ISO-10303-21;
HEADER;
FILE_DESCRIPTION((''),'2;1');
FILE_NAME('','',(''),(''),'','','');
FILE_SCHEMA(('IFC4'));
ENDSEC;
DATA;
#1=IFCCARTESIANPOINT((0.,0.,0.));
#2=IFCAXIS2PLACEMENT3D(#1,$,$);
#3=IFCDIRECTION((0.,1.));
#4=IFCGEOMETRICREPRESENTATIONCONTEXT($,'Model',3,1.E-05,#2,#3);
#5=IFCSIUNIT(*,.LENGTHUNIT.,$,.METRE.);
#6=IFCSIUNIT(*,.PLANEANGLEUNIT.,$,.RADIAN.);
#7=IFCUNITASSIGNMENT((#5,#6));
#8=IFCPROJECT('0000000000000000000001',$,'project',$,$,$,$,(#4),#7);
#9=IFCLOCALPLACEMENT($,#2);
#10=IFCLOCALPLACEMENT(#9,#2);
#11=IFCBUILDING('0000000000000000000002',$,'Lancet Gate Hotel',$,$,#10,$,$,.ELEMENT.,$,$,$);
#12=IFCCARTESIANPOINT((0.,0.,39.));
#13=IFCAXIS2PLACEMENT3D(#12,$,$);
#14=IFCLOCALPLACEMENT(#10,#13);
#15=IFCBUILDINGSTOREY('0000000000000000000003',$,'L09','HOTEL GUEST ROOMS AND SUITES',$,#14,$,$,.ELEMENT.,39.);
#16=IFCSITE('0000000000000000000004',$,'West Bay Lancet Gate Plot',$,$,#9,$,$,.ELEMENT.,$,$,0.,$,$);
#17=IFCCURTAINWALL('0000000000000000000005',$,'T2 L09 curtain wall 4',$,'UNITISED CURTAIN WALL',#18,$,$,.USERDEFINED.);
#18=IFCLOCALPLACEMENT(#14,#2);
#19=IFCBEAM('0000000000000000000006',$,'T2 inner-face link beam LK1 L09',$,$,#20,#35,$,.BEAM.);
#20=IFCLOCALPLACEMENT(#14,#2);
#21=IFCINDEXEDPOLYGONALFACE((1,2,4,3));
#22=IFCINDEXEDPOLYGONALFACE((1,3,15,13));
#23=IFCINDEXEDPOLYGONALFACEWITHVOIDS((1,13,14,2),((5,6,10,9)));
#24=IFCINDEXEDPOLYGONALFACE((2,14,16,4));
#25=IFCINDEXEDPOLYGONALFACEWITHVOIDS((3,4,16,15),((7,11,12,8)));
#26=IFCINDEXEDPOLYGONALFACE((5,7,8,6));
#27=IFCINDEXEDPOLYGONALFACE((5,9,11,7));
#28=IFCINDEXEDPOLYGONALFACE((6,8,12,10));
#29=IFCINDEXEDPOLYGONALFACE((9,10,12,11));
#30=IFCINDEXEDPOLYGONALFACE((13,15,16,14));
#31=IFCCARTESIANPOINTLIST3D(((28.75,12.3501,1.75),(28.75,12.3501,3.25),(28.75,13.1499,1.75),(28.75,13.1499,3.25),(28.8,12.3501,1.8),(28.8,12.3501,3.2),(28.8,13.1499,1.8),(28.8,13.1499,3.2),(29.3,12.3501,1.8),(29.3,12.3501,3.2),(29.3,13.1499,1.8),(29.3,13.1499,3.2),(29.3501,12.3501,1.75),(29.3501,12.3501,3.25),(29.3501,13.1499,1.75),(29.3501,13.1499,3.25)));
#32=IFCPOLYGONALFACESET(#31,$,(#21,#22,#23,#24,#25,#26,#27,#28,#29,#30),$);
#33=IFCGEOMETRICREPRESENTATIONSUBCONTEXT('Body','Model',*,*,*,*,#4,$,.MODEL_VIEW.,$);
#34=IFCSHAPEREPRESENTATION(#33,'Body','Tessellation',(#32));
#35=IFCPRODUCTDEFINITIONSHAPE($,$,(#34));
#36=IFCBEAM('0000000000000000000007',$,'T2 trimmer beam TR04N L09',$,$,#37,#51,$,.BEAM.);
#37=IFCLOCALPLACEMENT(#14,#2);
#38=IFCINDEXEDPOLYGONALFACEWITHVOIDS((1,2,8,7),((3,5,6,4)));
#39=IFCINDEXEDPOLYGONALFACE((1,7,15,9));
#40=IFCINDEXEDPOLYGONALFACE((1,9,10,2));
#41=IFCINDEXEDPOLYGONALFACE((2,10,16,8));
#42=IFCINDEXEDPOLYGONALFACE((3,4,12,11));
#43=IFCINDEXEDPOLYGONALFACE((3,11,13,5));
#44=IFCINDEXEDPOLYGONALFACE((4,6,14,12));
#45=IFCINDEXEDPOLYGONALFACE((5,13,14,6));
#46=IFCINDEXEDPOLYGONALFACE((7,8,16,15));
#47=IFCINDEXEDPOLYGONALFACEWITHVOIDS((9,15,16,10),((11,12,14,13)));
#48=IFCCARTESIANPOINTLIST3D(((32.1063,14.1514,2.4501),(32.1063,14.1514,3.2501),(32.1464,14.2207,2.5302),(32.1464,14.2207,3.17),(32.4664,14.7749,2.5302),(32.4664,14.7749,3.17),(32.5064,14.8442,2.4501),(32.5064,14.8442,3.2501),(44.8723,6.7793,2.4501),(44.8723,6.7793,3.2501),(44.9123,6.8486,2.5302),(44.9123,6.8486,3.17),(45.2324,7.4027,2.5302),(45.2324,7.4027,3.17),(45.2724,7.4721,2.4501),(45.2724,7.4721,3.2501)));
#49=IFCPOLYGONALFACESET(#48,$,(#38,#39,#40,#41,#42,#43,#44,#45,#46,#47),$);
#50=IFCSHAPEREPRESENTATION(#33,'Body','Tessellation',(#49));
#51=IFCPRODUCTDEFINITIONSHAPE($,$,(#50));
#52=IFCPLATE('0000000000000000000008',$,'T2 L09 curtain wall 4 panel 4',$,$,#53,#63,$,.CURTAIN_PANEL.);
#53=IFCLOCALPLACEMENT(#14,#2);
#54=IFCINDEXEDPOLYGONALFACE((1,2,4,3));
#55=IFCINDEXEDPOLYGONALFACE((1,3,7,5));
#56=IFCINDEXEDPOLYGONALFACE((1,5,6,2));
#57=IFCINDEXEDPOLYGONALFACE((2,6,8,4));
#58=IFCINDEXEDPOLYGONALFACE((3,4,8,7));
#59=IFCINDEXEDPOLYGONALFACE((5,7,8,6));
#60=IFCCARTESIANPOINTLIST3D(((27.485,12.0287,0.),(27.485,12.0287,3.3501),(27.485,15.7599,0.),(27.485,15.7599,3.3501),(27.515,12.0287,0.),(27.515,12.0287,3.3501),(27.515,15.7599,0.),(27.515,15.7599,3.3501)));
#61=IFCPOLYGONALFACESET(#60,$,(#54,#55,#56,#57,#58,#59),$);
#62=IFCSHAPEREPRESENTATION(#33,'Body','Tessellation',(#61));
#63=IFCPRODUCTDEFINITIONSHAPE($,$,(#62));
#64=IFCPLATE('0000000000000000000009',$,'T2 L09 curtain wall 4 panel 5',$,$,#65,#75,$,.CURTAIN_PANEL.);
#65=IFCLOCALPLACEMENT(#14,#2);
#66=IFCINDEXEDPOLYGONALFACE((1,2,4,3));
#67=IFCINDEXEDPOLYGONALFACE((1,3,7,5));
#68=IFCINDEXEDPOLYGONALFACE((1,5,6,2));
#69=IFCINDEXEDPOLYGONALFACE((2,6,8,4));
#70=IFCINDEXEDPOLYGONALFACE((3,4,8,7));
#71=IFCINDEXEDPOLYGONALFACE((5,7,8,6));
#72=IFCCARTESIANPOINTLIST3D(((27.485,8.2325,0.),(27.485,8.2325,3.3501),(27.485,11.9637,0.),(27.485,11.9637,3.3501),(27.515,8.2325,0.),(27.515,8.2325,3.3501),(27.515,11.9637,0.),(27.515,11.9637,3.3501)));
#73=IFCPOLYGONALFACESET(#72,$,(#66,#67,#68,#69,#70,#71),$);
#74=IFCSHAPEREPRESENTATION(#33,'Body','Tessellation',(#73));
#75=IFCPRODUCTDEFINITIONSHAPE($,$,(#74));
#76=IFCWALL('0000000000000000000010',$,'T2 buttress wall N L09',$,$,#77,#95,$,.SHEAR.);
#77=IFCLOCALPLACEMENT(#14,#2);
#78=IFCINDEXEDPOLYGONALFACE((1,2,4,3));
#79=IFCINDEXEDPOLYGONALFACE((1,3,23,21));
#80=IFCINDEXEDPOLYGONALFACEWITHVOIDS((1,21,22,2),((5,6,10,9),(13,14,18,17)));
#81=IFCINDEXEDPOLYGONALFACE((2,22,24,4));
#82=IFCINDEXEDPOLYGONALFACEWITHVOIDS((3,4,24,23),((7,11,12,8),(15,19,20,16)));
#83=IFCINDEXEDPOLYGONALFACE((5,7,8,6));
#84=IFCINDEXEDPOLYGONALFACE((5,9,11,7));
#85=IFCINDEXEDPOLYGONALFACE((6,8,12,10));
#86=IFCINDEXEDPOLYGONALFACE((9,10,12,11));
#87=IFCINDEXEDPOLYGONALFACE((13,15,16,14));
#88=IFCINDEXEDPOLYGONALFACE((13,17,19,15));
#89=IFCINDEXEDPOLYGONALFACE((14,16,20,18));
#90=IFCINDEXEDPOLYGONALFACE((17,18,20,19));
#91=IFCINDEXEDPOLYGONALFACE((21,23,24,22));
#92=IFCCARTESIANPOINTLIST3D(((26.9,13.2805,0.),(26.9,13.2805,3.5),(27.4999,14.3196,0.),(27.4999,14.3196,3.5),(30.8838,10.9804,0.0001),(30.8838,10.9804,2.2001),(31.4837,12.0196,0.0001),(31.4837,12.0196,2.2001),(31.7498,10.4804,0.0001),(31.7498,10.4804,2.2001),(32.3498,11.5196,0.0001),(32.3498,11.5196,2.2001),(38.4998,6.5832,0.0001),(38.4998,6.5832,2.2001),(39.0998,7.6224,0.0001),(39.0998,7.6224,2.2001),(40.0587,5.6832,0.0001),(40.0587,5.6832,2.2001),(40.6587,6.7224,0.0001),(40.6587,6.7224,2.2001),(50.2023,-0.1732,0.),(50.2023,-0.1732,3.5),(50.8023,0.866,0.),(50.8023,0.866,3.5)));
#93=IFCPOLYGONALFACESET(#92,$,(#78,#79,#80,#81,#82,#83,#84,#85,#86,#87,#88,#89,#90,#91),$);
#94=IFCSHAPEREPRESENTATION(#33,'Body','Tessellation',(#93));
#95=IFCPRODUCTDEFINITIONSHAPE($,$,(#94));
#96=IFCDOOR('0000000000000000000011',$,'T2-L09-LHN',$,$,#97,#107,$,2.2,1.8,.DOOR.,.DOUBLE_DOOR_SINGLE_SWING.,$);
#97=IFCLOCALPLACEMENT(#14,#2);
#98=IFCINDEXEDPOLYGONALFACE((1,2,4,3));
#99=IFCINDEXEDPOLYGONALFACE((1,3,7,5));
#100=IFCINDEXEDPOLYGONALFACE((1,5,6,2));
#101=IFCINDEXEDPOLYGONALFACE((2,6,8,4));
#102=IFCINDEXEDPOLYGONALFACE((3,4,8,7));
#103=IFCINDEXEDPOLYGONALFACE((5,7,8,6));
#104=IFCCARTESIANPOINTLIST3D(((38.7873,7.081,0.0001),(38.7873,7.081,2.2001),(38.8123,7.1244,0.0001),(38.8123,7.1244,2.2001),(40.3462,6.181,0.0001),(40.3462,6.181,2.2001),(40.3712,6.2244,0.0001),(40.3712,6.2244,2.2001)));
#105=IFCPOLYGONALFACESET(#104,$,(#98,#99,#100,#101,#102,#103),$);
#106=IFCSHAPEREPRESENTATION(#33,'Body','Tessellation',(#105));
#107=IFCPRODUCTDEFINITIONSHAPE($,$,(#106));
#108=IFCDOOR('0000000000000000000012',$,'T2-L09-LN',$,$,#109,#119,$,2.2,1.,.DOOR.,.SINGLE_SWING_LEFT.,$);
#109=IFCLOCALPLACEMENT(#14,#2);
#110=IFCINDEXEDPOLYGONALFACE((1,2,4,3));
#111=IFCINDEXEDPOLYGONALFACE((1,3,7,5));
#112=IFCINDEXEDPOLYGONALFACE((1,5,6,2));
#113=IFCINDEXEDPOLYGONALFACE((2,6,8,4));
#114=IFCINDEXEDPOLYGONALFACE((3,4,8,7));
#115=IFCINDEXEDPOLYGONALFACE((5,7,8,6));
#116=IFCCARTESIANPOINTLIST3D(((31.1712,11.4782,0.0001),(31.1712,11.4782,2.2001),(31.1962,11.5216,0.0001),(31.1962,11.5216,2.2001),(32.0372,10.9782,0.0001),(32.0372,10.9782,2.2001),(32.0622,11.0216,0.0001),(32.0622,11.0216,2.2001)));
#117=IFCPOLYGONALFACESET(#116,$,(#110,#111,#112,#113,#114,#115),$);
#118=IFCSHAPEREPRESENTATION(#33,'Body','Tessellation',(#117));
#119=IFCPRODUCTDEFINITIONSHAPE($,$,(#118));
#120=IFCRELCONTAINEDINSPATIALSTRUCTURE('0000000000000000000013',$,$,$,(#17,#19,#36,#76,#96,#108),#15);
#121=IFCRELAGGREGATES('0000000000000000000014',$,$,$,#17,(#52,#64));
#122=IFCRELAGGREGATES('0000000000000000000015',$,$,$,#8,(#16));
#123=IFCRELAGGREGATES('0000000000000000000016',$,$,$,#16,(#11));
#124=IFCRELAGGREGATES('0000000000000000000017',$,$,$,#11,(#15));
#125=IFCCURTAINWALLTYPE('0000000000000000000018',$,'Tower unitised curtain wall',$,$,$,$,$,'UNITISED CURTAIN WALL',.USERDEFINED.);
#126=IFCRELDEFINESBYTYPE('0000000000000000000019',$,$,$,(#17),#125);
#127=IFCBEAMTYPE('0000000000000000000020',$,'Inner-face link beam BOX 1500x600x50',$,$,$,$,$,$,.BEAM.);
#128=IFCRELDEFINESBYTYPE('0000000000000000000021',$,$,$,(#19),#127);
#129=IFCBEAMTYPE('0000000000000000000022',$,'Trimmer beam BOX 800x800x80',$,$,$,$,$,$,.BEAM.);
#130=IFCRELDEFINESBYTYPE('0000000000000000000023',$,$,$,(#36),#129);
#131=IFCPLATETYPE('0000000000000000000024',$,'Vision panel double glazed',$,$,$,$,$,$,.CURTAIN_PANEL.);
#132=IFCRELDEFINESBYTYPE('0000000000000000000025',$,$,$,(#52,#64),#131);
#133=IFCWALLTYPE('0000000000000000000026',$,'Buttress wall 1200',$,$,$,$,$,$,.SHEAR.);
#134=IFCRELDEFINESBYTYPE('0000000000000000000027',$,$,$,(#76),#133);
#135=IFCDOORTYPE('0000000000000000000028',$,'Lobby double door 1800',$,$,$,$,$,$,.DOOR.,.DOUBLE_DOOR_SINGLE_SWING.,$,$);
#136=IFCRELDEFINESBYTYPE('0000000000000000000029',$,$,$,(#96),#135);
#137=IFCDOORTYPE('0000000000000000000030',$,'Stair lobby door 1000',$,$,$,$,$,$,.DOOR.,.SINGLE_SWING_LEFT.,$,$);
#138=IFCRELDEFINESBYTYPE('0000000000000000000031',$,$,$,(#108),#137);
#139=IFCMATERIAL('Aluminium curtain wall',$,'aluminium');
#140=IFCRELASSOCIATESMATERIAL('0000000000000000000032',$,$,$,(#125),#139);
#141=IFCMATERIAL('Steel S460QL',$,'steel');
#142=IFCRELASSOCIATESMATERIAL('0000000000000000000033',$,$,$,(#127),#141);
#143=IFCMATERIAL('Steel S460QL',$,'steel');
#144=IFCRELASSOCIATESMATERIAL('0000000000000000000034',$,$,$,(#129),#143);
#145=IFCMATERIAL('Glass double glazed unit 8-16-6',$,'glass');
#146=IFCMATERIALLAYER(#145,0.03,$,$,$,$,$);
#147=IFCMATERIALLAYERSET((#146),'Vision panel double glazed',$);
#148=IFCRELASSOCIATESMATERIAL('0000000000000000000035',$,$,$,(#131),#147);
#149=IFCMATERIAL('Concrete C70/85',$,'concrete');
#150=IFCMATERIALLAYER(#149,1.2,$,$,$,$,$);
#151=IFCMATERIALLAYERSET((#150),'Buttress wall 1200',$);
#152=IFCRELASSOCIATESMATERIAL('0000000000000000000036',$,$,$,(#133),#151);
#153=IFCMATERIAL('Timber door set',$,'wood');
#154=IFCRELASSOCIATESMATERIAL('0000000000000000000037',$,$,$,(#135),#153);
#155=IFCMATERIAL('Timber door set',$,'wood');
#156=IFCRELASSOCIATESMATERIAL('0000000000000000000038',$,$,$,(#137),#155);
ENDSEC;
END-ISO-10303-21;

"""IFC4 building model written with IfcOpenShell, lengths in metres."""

from ifc_helpers import new_model, si_unit, direction, frame, frame_2d, origin, origin_2d, place, context, subcontext, project, spatial, rectangle, hollow_rectangle, extrude, material, layer, layer_set, material_profile, profile_set, type_object, element, fill, aggregate, save


model = new_model("IFC4")

# Units and contexts
model_context = context("Model", 3, precision=1e-05, world=origin(), true_north=direction((0.0, 1.0)))
body_context = subcontext(model_context, "Body", "Model", "MODEL_VIEW")
ifc_project = project(units=[si_unit("LENGTHUNIT", "METRE"), si_unit("PLANEANGLEUNIT", "RADIAN")], contexts=[model_context])

# Site, building, storey
site_placement = place(None, origin())
site = spatial("IfcSite", under=ifc_project, at=site_placement, Name="West Bay Lancet Gate Plot", CompositionType="ELEMENT", RefElevation=0.0)
building_placement = place(site_placement, origin())
building = spatial("IfcBuilding", under=site, at=building_placement, Name="Lancet Gate Hotel", CompositionType="ELEMENT")
storey_placement = place(building_placement, frame((0.0, 0.0, 39.0)))
storey = spatial("IfcBuildingStorey", under=building, at=storey_placement, Name="L09", Description="HOTEL GUEST ROOMS AND SUITES", CompositionType="ELEMENT", Elevation=39.0)

# Curtain wall
ifc_material_1 = material(Name="Aluminium curtain wall", Category="aluminium")
curtain_wall_type = type_object("IfcCurtainWallType", Name="Tower unitised curtain wall", ElementType="UNITISED CURTAIN WALL", PredefinedType="USERDEFINED", material=ifc_material_1)
curtain_wall_placement = place(storey_placement, origin())
curtain_wall = element("IfcCurtainWall", 1, at=curtain_wall_placement, inside=storey, type_object=curtain_wall_type, Name="T2 L09 curtain wall 4", ObjectType="UNITISED CURTAIN WALL", PredefinedType="USERDEFINED")

# Beams
ifc_material_2 = material(Name="Steel S460QL", Category="steel")
ifc_material_profile_1 = material_profile(ifc_material_2, hollow_rectangle(XDim=0.6001, YDim=1.5, WallThickness=0.05, at=origin_2d()), Name="BOX 1500x600x50")
ifc_profile_set_1 = profile_set([ifc_material_profile_1], Name="Steel S460QL")
beam_type_1 = type_object("IfcBeamType", Name="Inner-face link beam BOX 1500x600x50", PredefinedType="BEAM", material=ifc_profile_set_1)
beam_1_placement = place(storey_placement, frame((29.05, 12.3501, 2.5), z_axis=(0.0, 1.0, 0.0), x_axis=(-1.0, 0.0, 0.0)))
element("IfcBeam", 2, at=beam_1_placement, inside=storey, type_object=beam_type_1, Name="T2 inner-face link beam LK1 L09", PredefinedType="BEAM", context=body_context, shape_type="SweptSolid", body=[
    extrude(hollow_rectangle(XDim=0.6001, YDim=1.5, WallThickness=0.05, at=origin_2d()), origin(), (0.0, 0.0, 1.0), 0.7998),
])
ifc_material_3 = material(Name="Steel S460QL", Category="steel")
ifc_material_profile_2 = material_profile(ifc_material_3, hollow_rectangle(XDim=0.8, YDim=0.8, WallThickness=0.0801, at=origin_2d()), Name="BOX 800x800x80")
ifc_profile_set_2 = profile_set([ifc_material_profile_2], Name="Steel S460QL")
beam_type_2 = type_object("IfcBeamType", Name="Trimmer beam BOX 800x800x80", PredefinedType="BEAM", material=ifc_profile_set_2)
beam_2_placement = place(storey_placement, frame((32.3064, 14.4978, 2.8501), z_axis=(0.865976, -0.500086, 0.0), x_axis=(0.500086, 0.865976, 0.0)))
element("IfcBeam", 3, at=beam_2_placement, inside=storey, type_object=beam_type_2, Name="T2 trimmer beam TR04N L09", PredefinedType="BEAM", context=body_context, shape_type="SweptSolid", body=[
    extrude(hollow_rectangle(XDim=0.8, YDim=0.8, WallThickness=0.0801, at=origin_2d()), origin(), (0.0, 0.0, 1.0), 14.7417),
])

# Plates
ifc_material_4 = material(Name="Glass double glazed unit 8-16-6", Category="glass")
ifc_layer_1 = layer(ifc_material_4, 0.03)
ifc_layer_set_1 = layer_set([ifc_layer_1], Name="Vision panel double glazed")
plate_type = type_object("IfcPlateType", Name="Vision panel double glazed", PredefinedType="CURTAIN_PANEL", material=ifc_layer_set_1)
plate_1_placement = place(storey_placement, frame((27.5, 13.8943, 0.0), z_axis=(0.0, 0.0, 1.0), x_axis=(0.0, -1.0, 0.0)))
plate_1 = element("IfcPlate", 4, at=plate_1_placement, type_object=plate_type, Name="T2 L09 curtain wall 4 panel 4", PredefinedType="CURTAIN_PANEL", context=body_context, shape_type="SweptSolid", body=[
    extrude(rectangle(XDim=3.7312, YDim=0.03, at=origin_2d()), origin(), (0.0, 0.0, 1.0), 3.3501),
])
plate_2_placement = place(storey_placement, frame((27.5, 10.0981, 0.0), z_axis=(0.0, 0.0, 1.0), x_axis=(0.0, -1.0, 0.0)))
plate_2 = element("IfcPlate", 5, at=plate_2_placement, type_object=plate_type, Name="T2 L09 curtain wall 4 panel 5", PredefinedType="CURTAIN_PANEL", context=body_context, shape_type="SweptSolid", body=[
    extrude(rectangle(XDim=3.7312, YDim=0.03, at=origin_2d()), origin(), (0.0, 0.0, 1.0), 3.3501),
])
aggregate(curtain_wall, [plate_1, plate_2])

# Wall, openings, doors
ifc_material_5 = material(Name="Concrete C70/85", Category="concrete")
ifc_layer_2 = layer(ifc_material_5, 1.2)
ifc_layer_set_2 = layer_set([ifc_layer_2], Name="Buttress wall 1200")
wall_type_1 = type_object("IfcWallType", Name="Buttress wall 1200", PredefinedType="SHEAR", material=ifc_layer_set_2)
wall_1_placement = place(storey_placement, frame((27.2, 13.8, 0.0), z_axis=(0.0, 0.0, 1.0), x_axis=(0.866025, -0.500002, 0.0)))
wall_1 = element("IfcWall", 6, at=wall_1_placement, inside=storey, type_object=wall_type_1, Name="T2 buttress wall N L09", PredefinedType="SHEAR", context=body_context, shape_type="SweptSolid", body=[
    extrude(rectangle(XDim=26.9072, YDim=1.2, at=frame_2d((13.4536, 0.0))), origin(), (0.0, 0.0, 1.0), 3.5),
])
opening_1_placement = place(wall_1_placement, frame((4.6001, 0.0, 0.0)))
opening_1 = element("IfcOpeningElement", 7, at=opening_1_placement, cuts=wall_1, PredefinedType="OPENING", context=body_context, shape_type="SweptSolid", body=[
    extrude(rectangle(XDim=1.0, YDim=2.2, at=frame_2d((0.5, 1.1001))), frame((0.0, 0.6099, 0.0), z_axis=(0.0, -1.0, 0.0), x_axis=(1.0, 0.0, 0.0)), (0.0, 0.0, 1.0), 1.22),
])
opening_2_placement = place(wall_1_placement, frame((13.3945, 0.0, 0.0)))
opening_2 = element("IfcOpeningElement", 8, at=opening_2_placement, cuts=wall_1, PredefinedType="OPENING", context=body_context, shape_type="SweptSolid", body=[
    extrude(rectangle(XDim=1.8, YDim=2.2, at=frame_2d((0.8999, 1.1001))), frame((0.0, 0.6099, 0.0), z_axis=(0.0, -1.0, 0.0), x_axis=(1.0, 0.0, 0.0)), (0.0, 0.0, 1.0), 1.22),
])
ifc_material_6 = material(Name="Timber door set", Category="wood")
door_type_1 = type_object("IfcDoorType", Name="Lobby double door 1800", OperationType="DOUBLE_DOOR_SINGLE_SWING", PredefinedType="DOOR", material=ifc_material_6)
door_1_placement = place(opening_2_placement, origin())
door_1 = element("IfcDoor", 9, at=door_1_placement, inside=storey, type_object=door_type_1, Name="T2-L09-LHN", OperationType="DOUBLE_DOOR_SINGLE_SWING", OverallHeight=2.2, OverallWidth=1.8, PredefinedType="DOOR", context=body_context, shape_type="SweptSolid", body=[
    extrude(rectangle(XDim=1.8, YDim=2.2, at=frame_2d((0.8999, 1.1001))), frame((0.0, 0.0249, 0.0), z_axis=(0.0, -1.0, 0.0), x_axis=(1.0, 0.0, 0.0)), (0.0, 0.0, 1.0), 0.05),
])
fill(opening_2, door_1)
ifc_material_7 = material(Name="Timber door set", Category="wood")
door_type_2 = type_object("IfcDoorType", Name="Stair lobby door 1000", OperationType="SINGLE_SWING_LEFT", PredefinedType="DOOR", material=ifc_material_7)
door_2_placement = place(opening_1_placement, origin())
door_2 = element("IfcDoor", 10, at=door_2_placement, inside=storey, type_object=door_type_2, Name="T2-L09-LN", OperationType="SINGLE_SWING_LEFT", OverallHeight=2.2, OverallWidth=1.0, PredefinedType="DOOR", context=body_context, shape_type="SweptSolid", body=[
    extrude(rectangle(XDim=1.0, YDim=2.2, at=frame_2d((0.5, 1.1001))), frame((0.0, 0.0249, 0.0), z_axis=(0.0, -1.0, 0.0), x_axis=(1.0, 0.0, 0.0)), (0.0, 0.0, 1.0), 0.05),
])
fill(opening_1, door_2)

save(model, "model.ifc")
